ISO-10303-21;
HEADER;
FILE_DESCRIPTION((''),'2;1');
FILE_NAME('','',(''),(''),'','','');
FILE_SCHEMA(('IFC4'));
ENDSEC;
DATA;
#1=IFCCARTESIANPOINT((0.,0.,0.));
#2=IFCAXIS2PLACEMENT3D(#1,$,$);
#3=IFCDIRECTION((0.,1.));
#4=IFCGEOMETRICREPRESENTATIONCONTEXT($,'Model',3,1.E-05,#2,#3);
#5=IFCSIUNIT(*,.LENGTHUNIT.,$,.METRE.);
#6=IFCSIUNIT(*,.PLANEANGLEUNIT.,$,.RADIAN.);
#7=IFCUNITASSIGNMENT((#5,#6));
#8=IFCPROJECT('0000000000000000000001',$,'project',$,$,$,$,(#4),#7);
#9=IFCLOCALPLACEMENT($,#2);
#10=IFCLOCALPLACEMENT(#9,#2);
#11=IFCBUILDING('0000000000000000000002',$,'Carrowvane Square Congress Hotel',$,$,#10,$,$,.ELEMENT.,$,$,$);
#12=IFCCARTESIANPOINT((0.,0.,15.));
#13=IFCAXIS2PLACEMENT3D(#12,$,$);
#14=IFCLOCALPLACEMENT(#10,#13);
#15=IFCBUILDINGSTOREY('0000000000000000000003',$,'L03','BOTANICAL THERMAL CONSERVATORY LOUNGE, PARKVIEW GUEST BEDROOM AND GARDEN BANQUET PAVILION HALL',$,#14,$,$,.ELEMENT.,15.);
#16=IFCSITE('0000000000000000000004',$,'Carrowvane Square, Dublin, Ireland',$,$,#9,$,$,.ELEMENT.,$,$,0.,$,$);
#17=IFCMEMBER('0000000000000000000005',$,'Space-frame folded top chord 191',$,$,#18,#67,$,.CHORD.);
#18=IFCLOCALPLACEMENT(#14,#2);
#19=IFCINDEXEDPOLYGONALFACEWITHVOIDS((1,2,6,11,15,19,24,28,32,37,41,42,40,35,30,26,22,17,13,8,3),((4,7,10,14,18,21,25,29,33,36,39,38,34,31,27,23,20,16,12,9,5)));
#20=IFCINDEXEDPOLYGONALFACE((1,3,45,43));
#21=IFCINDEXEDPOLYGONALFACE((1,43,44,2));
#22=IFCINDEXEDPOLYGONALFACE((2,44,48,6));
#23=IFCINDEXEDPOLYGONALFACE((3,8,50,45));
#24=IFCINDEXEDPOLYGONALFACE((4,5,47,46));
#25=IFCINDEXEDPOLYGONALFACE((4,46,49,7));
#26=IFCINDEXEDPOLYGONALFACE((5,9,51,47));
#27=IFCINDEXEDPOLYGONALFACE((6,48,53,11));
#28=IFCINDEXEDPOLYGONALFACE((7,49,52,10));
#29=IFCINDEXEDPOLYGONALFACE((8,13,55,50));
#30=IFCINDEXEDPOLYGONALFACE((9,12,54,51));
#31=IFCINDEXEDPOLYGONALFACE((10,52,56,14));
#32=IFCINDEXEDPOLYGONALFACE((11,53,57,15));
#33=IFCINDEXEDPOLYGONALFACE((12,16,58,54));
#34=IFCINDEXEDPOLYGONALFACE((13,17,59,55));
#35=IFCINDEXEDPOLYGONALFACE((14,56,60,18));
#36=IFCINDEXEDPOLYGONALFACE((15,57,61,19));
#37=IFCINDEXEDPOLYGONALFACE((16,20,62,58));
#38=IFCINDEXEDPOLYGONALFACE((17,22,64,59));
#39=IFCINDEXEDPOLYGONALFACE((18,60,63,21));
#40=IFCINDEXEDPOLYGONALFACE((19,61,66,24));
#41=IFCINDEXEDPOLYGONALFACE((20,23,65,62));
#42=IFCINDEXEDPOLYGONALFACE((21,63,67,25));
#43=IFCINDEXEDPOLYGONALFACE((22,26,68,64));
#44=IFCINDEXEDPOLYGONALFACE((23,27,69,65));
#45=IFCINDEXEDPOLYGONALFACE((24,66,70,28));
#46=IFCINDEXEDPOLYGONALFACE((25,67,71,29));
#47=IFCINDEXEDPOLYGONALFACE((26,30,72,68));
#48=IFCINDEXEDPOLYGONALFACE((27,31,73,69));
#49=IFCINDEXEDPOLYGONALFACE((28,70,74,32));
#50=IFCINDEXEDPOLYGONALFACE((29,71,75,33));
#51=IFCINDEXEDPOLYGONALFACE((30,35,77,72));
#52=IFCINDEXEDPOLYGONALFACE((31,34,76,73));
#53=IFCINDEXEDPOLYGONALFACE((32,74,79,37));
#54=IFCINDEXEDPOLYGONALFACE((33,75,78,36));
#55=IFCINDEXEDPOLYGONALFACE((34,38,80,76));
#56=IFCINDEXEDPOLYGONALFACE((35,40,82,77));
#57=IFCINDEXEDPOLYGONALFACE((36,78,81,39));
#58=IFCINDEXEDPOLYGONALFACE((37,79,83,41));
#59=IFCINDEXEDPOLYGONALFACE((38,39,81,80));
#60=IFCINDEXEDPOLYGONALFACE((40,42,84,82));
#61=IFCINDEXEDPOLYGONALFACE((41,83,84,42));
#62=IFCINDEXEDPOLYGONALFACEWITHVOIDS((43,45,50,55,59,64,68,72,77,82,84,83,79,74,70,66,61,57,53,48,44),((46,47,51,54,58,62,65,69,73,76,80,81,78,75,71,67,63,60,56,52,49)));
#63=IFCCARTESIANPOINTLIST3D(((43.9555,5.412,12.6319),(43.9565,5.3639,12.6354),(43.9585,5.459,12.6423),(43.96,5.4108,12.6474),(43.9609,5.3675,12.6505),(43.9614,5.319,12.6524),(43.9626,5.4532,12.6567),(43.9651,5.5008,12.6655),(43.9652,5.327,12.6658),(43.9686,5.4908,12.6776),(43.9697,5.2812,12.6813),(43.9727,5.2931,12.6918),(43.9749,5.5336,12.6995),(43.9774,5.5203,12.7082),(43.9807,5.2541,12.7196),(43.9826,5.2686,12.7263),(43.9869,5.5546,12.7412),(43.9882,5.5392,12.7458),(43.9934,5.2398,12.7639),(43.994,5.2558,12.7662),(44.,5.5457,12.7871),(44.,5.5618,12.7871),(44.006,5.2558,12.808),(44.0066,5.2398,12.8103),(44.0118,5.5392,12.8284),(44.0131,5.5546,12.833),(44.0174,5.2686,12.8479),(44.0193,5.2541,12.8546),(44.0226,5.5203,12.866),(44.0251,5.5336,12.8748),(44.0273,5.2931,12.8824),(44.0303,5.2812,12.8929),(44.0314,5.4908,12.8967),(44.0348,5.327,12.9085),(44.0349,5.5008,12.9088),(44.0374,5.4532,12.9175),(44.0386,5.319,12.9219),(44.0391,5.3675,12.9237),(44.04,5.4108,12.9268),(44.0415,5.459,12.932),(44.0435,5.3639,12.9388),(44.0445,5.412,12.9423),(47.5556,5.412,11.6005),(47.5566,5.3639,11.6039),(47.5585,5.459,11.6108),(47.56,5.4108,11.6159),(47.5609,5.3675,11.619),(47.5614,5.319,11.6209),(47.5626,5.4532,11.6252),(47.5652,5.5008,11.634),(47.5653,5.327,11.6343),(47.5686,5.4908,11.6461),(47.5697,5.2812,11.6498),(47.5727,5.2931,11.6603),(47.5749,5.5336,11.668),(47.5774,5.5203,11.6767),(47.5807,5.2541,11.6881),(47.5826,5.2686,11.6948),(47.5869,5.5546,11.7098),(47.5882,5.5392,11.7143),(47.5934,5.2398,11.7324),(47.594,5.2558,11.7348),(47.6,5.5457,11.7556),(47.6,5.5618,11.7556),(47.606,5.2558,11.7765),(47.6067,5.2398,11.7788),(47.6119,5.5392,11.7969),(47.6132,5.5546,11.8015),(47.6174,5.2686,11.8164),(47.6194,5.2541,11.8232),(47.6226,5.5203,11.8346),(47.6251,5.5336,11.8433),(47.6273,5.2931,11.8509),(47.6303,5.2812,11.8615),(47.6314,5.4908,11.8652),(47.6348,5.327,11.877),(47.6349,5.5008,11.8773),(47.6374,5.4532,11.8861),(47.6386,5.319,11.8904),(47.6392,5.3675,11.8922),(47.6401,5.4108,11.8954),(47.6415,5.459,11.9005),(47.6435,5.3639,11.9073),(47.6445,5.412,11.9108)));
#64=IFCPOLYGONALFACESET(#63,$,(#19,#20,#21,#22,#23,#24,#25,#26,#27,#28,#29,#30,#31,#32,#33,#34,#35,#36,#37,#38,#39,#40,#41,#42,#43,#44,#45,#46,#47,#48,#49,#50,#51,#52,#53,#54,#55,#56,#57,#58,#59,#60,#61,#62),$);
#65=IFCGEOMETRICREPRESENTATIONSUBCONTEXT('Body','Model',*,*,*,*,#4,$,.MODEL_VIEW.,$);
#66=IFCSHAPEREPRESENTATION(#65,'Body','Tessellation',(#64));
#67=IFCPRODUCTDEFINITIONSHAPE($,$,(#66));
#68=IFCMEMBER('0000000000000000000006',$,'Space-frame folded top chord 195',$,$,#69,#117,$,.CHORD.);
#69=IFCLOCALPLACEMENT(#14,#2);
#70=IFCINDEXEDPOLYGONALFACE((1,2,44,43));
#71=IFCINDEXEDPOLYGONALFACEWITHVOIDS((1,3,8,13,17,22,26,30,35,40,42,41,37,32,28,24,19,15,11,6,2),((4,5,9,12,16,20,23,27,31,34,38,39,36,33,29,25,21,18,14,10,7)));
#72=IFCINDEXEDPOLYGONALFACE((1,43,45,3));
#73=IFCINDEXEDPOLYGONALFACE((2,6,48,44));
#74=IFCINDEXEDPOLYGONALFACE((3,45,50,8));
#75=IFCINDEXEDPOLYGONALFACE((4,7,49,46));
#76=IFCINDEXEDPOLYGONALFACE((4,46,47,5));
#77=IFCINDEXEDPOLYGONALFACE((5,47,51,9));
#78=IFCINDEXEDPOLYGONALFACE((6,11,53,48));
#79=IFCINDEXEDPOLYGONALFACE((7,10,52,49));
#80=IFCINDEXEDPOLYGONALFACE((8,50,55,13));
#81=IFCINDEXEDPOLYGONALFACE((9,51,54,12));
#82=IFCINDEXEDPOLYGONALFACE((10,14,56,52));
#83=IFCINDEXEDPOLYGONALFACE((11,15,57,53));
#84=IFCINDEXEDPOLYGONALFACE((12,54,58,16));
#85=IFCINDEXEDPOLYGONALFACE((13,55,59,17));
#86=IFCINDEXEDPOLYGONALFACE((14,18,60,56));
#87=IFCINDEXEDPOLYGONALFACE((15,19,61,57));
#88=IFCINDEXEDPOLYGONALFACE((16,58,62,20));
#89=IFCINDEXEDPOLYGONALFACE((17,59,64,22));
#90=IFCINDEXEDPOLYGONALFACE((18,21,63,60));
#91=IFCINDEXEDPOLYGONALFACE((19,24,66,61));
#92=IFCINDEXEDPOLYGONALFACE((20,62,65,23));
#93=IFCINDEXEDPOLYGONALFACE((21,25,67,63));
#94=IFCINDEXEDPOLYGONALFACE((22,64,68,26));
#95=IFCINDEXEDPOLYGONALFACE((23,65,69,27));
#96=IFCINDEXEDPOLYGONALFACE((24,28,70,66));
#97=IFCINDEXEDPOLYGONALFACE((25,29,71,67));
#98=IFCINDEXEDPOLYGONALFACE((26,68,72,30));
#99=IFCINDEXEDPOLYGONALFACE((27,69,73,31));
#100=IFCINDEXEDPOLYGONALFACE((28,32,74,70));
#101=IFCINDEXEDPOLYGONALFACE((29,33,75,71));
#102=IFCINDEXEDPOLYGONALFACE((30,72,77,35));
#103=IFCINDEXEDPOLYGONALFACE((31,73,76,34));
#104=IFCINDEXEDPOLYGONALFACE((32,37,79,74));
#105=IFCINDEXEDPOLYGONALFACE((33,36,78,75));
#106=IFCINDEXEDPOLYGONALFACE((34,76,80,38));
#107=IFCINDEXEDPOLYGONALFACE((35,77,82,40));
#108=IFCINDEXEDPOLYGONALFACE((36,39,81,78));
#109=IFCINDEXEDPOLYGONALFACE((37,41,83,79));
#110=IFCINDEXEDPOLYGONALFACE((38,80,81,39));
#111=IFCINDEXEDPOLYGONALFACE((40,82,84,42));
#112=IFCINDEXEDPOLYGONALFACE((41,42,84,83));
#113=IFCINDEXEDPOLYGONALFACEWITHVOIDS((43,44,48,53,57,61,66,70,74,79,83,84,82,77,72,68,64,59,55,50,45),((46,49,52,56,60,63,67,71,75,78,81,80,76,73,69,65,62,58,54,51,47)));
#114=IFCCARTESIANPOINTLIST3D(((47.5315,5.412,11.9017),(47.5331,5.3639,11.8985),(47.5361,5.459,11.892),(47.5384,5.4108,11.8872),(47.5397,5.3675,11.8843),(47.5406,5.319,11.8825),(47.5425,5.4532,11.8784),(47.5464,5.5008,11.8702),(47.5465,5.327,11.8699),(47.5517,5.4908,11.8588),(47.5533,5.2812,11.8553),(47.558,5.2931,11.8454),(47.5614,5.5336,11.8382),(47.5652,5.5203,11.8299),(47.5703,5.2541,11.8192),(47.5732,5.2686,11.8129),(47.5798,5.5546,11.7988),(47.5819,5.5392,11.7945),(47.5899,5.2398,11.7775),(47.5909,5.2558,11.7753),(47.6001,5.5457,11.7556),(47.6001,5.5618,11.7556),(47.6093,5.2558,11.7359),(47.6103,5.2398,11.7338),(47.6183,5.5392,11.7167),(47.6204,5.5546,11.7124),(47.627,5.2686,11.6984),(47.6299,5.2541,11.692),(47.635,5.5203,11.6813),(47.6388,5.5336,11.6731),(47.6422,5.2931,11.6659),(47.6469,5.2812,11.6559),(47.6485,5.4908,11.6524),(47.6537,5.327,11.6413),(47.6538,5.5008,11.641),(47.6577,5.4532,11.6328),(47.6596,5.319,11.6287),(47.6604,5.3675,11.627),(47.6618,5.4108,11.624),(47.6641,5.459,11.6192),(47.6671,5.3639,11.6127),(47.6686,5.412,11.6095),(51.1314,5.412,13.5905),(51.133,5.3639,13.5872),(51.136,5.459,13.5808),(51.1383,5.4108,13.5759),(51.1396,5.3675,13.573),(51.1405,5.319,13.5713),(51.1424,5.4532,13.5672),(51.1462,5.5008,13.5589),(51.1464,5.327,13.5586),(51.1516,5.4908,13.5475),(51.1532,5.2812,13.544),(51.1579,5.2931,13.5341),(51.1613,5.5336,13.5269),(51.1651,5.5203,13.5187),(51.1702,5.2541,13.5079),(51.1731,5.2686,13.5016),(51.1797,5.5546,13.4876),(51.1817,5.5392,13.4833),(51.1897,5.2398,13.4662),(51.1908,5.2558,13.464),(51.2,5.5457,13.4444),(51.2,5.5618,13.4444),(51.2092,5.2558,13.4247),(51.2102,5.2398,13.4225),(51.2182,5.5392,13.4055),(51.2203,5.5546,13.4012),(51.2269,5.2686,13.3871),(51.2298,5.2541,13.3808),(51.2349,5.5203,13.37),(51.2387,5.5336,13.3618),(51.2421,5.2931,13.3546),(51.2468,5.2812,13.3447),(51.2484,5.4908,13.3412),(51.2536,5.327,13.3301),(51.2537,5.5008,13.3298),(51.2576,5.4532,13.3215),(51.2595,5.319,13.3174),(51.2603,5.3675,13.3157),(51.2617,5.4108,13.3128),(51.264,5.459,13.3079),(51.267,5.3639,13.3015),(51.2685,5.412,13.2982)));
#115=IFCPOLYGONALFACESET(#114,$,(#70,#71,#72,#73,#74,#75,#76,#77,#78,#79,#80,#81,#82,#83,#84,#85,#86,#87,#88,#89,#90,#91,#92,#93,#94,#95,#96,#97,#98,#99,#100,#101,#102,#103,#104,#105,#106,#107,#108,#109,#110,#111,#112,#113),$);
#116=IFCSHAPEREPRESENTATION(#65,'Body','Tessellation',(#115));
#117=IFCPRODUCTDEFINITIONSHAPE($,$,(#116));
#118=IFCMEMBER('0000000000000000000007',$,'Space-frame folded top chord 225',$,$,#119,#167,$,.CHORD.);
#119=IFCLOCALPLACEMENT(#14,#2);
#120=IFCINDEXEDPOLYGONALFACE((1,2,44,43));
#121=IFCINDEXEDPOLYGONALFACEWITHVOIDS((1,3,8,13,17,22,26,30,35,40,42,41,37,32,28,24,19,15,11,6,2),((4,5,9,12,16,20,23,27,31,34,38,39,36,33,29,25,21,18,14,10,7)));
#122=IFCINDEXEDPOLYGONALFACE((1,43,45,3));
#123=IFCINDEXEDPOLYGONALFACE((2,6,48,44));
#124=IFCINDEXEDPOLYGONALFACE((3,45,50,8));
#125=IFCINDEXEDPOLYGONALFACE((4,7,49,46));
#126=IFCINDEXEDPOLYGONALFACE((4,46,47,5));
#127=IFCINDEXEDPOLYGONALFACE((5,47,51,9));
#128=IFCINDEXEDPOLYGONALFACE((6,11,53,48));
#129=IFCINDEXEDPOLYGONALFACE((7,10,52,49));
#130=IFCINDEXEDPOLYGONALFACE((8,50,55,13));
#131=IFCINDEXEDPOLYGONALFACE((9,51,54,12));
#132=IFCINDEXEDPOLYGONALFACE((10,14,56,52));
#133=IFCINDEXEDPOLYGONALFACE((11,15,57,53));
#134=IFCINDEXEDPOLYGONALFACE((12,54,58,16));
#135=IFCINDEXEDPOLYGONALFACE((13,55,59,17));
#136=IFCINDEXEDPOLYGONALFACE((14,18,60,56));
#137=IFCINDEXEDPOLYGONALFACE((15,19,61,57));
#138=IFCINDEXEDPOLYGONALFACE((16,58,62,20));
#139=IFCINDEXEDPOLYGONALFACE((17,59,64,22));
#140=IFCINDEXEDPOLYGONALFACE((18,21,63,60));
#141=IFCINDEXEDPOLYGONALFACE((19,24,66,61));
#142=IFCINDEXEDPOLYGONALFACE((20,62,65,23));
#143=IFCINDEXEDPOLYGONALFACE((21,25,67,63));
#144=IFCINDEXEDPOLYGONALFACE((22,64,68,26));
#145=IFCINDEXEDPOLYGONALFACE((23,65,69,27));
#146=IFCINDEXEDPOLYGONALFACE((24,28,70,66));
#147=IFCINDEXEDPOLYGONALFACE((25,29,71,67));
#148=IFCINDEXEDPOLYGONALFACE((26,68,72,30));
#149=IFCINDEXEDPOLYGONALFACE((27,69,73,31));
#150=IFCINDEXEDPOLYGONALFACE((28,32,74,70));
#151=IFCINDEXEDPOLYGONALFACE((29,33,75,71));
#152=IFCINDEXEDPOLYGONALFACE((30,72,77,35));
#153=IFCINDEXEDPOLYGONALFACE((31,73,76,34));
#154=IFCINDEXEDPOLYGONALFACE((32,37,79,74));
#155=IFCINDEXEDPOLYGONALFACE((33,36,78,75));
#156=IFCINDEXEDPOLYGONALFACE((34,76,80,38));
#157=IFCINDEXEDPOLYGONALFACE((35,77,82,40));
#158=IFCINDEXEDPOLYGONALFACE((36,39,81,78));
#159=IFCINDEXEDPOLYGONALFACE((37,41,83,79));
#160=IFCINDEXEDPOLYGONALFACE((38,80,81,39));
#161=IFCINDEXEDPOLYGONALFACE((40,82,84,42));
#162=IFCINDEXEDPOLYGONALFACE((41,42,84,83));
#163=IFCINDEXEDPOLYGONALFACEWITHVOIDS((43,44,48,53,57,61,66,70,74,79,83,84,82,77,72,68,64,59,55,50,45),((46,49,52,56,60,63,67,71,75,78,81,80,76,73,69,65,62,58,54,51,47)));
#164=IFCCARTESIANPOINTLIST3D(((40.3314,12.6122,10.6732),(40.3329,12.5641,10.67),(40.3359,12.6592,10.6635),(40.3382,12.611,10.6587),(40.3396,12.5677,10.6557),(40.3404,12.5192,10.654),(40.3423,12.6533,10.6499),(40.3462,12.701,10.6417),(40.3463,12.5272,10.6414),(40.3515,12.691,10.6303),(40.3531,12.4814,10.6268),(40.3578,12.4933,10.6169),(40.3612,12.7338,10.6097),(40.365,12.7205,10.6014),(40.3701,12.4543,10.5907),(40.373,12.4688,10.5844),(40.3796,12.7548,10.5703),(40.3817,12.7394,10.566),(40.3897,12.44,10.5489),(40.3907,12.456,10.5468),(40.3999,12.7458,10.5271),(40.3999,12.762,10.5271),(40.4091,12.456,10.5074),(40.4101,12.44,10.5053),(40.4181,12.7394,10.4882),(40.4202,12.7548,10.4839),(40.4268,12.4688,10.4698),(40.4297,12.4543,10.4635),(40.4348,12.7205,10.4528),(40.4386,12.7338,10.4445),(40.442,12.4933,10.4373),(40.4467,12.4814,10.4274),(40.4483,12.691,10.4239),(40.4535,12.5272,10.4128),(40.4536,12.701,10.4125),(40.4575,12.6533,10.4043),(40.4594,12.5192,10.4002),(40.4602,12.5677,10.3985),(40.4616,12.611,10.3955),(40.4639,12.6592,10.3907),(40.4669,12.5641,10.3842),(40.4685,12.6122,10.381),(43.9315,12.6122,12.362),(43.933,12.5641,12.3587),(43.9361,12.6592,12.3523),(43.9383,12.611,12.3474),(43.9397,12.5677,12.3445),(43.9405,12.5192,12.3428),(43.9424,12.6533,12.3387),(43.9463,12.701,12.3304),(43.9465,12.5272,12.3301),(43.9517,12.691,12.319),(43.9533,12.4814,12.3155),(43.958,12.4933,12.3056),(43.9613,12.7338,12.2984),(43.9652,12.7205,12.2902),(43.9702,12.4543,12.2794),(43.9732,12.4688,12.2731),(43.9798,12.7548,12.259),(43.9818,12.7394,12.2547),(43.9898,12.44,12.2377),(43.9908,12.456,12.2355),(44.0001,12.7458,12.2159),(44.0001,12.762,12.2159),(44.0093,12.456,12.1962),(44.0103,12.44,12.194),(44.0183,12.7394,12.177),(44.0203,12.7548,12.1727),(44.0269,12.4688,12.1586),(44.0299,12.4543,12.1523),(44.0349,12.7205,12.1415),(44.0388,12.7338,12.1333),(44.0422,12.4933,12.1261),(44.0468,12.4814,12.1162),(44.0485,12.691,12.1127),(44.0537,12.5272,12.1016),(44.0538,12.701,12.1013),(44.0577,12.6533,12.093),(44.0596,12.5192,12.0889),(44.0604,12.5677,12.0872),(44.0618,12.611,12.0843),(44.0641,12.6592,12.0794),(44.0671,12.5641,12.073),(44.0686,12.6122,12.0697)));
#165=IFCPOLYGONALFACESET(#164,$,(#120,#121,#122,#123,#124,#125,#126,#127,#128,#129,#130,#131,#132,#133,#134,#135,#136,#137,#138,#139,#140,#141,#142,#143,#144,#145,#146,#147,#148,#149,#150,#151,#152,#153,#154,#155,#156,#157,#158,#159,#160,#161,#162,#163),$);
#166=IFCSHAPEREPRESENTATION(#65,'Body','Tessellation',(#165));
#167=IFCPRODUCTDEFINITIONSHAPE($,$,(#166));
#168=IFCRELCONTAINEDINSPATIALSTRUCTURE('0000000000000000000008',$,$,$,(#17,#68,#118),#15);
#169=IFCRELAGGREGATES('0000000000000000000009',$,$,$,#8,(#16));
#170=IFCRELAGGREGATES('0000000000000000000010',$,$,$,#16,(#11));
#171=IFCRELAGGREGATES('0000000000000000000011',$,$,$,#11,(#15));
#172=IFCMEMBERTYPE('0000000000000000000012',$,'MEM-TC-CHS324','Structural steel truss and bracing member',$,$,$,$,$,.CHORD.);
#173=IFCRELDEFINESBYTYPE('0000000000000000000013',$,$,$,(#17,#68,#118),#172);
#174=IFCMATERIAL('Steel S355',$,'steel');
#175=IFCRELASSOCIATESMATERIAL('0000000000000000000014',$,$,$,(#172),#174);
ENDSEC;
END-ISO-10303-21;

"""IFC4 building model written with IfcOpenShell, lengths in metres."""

from ifc_helpers import new_model, si_unit, direction, frame, origin, origin_2d, place, context, subcontext, project, spatial, hollow_circle, extrude, material, material_profile, profile_set, type_object, element, save


model = new_model("IFC4")

# Units and contexts
model_context = context("Model", 3, precision=1e-05, world=origin(), true_north=direction((0.0, 1.0)))
body_context = subcontext(model_context, "Body", "Model", "MODEL_VIEW")
ifc_project = project(units=[si_unit("LENGTHUNIT", "METRE"), si_unit("PLANEANGLEUNIT", "RADIAN")], contexts=[model_context])

# Site, building, storey
site_placement = place(None, origin())
site = spatial("IfcSite", under=ifc_project, at=site_placement, Name="Carrowvane Square, Dublin, Ireland", CompositionType="ELEMENT", RefElevation=0.0)
building_placement = place(site_placement, origin())
building = spatial("IfcBuilding", under=site, at=building_placement, Name="Carrowvane Square Congress Hotel", CompositionType="ELEMENT")
storey_placement = place(building_placement, frame((0.0, 0.0, 15.0)))
storey = spatial("IfcBuildingStorey", under=building, at=storey_placement, Name="L03", Description="BOTANICAL THERMAL CONSERVATORY LOUNGE, PARKVIEW GUEST BEDROOM AND GARDEN BANQUET PAVILION HALL", CompositionType="ELEMENT", Elevation=15.0)

# Members
ifc_material_1 = material(Name="Steel S355", Category="steel")
ifc_material_profile_1 = material_profile(ifc_material_1, hollow_circle(Radius=0.1619, WallThickness=0.0161, at=origin_2d()), Name="CHS 323.9x16")
ifc_profile_set_1 = profile_set([ifc_material_profile_1], Name="Steel S355")
member_type_1 = type_object("IfcMemberType", Name="MEM-TC-CHS324", Description="Structural steel truss and bracing member", PredefinedType="CHORD", material=ifc_profile_set_1)
member_1_placement = place(storey_placement, frame((44.0, 5.3999, 12.7871), z_axis=(0.961319, 0.0, -0.275436), x_axis=(0.0, 1.0, 0.0)))
element("IfcMember", 1, at=member_1_placement, inside=storey, type_object=member_type_1, Name="Space-frame folded top chord 191", PredefinedType="CHORD", context=body_context, shape_type="SweptSolid", body=[
    extrude(hollow_circle(Radius=0.1619, WallThickness=0.0161, at=origin_2d()), origin(), (0.0, 0.0, 1.0), 3.7449),
])
member_2_placement = place(storey_placement, frame((47.6001, 5.3999, 11.7556), z_axis=(0.905334, 0.0, 0.4247), x_axis=(0.0, 1.0, 0.0)))
element("IfcMember", 2, at=member_2_placement, inside=storey, type_object=member_type_1, Name="Space-frame folded top chord 195", PredefinedType="CHORD", context=body_context, shape_type="SweptSolid", body=[
    extrude(hollow_circle(Radius=0.1619, WallThickness=0.0161, at=origin_2d()), origin(), (0.0, 0.0, 1.0), 3.9763),
])
member_3_placement = place(storey_placement, frame((40.3999, 12.6001, 10.5271), z_axis=(0.905345, 0.0, 0.424676), x_axis=(0.0, 1.0, 0.0)))
element("IfcMember", 3, at=member_3_placement, inside=storey, type_object=member_type_1, Name="Space-frame folded top chord 225", PredefinedType="CHORD", context=body_context, shape_type="SweptSolid", body=[
    extrude(hollow_circle(Radius=0.1619, WallThickness=0.0161, at=origin_2d()), origin(), (0.0, 0.0, 1.0), 3.9766),
])

save(model, "model.ifc")
